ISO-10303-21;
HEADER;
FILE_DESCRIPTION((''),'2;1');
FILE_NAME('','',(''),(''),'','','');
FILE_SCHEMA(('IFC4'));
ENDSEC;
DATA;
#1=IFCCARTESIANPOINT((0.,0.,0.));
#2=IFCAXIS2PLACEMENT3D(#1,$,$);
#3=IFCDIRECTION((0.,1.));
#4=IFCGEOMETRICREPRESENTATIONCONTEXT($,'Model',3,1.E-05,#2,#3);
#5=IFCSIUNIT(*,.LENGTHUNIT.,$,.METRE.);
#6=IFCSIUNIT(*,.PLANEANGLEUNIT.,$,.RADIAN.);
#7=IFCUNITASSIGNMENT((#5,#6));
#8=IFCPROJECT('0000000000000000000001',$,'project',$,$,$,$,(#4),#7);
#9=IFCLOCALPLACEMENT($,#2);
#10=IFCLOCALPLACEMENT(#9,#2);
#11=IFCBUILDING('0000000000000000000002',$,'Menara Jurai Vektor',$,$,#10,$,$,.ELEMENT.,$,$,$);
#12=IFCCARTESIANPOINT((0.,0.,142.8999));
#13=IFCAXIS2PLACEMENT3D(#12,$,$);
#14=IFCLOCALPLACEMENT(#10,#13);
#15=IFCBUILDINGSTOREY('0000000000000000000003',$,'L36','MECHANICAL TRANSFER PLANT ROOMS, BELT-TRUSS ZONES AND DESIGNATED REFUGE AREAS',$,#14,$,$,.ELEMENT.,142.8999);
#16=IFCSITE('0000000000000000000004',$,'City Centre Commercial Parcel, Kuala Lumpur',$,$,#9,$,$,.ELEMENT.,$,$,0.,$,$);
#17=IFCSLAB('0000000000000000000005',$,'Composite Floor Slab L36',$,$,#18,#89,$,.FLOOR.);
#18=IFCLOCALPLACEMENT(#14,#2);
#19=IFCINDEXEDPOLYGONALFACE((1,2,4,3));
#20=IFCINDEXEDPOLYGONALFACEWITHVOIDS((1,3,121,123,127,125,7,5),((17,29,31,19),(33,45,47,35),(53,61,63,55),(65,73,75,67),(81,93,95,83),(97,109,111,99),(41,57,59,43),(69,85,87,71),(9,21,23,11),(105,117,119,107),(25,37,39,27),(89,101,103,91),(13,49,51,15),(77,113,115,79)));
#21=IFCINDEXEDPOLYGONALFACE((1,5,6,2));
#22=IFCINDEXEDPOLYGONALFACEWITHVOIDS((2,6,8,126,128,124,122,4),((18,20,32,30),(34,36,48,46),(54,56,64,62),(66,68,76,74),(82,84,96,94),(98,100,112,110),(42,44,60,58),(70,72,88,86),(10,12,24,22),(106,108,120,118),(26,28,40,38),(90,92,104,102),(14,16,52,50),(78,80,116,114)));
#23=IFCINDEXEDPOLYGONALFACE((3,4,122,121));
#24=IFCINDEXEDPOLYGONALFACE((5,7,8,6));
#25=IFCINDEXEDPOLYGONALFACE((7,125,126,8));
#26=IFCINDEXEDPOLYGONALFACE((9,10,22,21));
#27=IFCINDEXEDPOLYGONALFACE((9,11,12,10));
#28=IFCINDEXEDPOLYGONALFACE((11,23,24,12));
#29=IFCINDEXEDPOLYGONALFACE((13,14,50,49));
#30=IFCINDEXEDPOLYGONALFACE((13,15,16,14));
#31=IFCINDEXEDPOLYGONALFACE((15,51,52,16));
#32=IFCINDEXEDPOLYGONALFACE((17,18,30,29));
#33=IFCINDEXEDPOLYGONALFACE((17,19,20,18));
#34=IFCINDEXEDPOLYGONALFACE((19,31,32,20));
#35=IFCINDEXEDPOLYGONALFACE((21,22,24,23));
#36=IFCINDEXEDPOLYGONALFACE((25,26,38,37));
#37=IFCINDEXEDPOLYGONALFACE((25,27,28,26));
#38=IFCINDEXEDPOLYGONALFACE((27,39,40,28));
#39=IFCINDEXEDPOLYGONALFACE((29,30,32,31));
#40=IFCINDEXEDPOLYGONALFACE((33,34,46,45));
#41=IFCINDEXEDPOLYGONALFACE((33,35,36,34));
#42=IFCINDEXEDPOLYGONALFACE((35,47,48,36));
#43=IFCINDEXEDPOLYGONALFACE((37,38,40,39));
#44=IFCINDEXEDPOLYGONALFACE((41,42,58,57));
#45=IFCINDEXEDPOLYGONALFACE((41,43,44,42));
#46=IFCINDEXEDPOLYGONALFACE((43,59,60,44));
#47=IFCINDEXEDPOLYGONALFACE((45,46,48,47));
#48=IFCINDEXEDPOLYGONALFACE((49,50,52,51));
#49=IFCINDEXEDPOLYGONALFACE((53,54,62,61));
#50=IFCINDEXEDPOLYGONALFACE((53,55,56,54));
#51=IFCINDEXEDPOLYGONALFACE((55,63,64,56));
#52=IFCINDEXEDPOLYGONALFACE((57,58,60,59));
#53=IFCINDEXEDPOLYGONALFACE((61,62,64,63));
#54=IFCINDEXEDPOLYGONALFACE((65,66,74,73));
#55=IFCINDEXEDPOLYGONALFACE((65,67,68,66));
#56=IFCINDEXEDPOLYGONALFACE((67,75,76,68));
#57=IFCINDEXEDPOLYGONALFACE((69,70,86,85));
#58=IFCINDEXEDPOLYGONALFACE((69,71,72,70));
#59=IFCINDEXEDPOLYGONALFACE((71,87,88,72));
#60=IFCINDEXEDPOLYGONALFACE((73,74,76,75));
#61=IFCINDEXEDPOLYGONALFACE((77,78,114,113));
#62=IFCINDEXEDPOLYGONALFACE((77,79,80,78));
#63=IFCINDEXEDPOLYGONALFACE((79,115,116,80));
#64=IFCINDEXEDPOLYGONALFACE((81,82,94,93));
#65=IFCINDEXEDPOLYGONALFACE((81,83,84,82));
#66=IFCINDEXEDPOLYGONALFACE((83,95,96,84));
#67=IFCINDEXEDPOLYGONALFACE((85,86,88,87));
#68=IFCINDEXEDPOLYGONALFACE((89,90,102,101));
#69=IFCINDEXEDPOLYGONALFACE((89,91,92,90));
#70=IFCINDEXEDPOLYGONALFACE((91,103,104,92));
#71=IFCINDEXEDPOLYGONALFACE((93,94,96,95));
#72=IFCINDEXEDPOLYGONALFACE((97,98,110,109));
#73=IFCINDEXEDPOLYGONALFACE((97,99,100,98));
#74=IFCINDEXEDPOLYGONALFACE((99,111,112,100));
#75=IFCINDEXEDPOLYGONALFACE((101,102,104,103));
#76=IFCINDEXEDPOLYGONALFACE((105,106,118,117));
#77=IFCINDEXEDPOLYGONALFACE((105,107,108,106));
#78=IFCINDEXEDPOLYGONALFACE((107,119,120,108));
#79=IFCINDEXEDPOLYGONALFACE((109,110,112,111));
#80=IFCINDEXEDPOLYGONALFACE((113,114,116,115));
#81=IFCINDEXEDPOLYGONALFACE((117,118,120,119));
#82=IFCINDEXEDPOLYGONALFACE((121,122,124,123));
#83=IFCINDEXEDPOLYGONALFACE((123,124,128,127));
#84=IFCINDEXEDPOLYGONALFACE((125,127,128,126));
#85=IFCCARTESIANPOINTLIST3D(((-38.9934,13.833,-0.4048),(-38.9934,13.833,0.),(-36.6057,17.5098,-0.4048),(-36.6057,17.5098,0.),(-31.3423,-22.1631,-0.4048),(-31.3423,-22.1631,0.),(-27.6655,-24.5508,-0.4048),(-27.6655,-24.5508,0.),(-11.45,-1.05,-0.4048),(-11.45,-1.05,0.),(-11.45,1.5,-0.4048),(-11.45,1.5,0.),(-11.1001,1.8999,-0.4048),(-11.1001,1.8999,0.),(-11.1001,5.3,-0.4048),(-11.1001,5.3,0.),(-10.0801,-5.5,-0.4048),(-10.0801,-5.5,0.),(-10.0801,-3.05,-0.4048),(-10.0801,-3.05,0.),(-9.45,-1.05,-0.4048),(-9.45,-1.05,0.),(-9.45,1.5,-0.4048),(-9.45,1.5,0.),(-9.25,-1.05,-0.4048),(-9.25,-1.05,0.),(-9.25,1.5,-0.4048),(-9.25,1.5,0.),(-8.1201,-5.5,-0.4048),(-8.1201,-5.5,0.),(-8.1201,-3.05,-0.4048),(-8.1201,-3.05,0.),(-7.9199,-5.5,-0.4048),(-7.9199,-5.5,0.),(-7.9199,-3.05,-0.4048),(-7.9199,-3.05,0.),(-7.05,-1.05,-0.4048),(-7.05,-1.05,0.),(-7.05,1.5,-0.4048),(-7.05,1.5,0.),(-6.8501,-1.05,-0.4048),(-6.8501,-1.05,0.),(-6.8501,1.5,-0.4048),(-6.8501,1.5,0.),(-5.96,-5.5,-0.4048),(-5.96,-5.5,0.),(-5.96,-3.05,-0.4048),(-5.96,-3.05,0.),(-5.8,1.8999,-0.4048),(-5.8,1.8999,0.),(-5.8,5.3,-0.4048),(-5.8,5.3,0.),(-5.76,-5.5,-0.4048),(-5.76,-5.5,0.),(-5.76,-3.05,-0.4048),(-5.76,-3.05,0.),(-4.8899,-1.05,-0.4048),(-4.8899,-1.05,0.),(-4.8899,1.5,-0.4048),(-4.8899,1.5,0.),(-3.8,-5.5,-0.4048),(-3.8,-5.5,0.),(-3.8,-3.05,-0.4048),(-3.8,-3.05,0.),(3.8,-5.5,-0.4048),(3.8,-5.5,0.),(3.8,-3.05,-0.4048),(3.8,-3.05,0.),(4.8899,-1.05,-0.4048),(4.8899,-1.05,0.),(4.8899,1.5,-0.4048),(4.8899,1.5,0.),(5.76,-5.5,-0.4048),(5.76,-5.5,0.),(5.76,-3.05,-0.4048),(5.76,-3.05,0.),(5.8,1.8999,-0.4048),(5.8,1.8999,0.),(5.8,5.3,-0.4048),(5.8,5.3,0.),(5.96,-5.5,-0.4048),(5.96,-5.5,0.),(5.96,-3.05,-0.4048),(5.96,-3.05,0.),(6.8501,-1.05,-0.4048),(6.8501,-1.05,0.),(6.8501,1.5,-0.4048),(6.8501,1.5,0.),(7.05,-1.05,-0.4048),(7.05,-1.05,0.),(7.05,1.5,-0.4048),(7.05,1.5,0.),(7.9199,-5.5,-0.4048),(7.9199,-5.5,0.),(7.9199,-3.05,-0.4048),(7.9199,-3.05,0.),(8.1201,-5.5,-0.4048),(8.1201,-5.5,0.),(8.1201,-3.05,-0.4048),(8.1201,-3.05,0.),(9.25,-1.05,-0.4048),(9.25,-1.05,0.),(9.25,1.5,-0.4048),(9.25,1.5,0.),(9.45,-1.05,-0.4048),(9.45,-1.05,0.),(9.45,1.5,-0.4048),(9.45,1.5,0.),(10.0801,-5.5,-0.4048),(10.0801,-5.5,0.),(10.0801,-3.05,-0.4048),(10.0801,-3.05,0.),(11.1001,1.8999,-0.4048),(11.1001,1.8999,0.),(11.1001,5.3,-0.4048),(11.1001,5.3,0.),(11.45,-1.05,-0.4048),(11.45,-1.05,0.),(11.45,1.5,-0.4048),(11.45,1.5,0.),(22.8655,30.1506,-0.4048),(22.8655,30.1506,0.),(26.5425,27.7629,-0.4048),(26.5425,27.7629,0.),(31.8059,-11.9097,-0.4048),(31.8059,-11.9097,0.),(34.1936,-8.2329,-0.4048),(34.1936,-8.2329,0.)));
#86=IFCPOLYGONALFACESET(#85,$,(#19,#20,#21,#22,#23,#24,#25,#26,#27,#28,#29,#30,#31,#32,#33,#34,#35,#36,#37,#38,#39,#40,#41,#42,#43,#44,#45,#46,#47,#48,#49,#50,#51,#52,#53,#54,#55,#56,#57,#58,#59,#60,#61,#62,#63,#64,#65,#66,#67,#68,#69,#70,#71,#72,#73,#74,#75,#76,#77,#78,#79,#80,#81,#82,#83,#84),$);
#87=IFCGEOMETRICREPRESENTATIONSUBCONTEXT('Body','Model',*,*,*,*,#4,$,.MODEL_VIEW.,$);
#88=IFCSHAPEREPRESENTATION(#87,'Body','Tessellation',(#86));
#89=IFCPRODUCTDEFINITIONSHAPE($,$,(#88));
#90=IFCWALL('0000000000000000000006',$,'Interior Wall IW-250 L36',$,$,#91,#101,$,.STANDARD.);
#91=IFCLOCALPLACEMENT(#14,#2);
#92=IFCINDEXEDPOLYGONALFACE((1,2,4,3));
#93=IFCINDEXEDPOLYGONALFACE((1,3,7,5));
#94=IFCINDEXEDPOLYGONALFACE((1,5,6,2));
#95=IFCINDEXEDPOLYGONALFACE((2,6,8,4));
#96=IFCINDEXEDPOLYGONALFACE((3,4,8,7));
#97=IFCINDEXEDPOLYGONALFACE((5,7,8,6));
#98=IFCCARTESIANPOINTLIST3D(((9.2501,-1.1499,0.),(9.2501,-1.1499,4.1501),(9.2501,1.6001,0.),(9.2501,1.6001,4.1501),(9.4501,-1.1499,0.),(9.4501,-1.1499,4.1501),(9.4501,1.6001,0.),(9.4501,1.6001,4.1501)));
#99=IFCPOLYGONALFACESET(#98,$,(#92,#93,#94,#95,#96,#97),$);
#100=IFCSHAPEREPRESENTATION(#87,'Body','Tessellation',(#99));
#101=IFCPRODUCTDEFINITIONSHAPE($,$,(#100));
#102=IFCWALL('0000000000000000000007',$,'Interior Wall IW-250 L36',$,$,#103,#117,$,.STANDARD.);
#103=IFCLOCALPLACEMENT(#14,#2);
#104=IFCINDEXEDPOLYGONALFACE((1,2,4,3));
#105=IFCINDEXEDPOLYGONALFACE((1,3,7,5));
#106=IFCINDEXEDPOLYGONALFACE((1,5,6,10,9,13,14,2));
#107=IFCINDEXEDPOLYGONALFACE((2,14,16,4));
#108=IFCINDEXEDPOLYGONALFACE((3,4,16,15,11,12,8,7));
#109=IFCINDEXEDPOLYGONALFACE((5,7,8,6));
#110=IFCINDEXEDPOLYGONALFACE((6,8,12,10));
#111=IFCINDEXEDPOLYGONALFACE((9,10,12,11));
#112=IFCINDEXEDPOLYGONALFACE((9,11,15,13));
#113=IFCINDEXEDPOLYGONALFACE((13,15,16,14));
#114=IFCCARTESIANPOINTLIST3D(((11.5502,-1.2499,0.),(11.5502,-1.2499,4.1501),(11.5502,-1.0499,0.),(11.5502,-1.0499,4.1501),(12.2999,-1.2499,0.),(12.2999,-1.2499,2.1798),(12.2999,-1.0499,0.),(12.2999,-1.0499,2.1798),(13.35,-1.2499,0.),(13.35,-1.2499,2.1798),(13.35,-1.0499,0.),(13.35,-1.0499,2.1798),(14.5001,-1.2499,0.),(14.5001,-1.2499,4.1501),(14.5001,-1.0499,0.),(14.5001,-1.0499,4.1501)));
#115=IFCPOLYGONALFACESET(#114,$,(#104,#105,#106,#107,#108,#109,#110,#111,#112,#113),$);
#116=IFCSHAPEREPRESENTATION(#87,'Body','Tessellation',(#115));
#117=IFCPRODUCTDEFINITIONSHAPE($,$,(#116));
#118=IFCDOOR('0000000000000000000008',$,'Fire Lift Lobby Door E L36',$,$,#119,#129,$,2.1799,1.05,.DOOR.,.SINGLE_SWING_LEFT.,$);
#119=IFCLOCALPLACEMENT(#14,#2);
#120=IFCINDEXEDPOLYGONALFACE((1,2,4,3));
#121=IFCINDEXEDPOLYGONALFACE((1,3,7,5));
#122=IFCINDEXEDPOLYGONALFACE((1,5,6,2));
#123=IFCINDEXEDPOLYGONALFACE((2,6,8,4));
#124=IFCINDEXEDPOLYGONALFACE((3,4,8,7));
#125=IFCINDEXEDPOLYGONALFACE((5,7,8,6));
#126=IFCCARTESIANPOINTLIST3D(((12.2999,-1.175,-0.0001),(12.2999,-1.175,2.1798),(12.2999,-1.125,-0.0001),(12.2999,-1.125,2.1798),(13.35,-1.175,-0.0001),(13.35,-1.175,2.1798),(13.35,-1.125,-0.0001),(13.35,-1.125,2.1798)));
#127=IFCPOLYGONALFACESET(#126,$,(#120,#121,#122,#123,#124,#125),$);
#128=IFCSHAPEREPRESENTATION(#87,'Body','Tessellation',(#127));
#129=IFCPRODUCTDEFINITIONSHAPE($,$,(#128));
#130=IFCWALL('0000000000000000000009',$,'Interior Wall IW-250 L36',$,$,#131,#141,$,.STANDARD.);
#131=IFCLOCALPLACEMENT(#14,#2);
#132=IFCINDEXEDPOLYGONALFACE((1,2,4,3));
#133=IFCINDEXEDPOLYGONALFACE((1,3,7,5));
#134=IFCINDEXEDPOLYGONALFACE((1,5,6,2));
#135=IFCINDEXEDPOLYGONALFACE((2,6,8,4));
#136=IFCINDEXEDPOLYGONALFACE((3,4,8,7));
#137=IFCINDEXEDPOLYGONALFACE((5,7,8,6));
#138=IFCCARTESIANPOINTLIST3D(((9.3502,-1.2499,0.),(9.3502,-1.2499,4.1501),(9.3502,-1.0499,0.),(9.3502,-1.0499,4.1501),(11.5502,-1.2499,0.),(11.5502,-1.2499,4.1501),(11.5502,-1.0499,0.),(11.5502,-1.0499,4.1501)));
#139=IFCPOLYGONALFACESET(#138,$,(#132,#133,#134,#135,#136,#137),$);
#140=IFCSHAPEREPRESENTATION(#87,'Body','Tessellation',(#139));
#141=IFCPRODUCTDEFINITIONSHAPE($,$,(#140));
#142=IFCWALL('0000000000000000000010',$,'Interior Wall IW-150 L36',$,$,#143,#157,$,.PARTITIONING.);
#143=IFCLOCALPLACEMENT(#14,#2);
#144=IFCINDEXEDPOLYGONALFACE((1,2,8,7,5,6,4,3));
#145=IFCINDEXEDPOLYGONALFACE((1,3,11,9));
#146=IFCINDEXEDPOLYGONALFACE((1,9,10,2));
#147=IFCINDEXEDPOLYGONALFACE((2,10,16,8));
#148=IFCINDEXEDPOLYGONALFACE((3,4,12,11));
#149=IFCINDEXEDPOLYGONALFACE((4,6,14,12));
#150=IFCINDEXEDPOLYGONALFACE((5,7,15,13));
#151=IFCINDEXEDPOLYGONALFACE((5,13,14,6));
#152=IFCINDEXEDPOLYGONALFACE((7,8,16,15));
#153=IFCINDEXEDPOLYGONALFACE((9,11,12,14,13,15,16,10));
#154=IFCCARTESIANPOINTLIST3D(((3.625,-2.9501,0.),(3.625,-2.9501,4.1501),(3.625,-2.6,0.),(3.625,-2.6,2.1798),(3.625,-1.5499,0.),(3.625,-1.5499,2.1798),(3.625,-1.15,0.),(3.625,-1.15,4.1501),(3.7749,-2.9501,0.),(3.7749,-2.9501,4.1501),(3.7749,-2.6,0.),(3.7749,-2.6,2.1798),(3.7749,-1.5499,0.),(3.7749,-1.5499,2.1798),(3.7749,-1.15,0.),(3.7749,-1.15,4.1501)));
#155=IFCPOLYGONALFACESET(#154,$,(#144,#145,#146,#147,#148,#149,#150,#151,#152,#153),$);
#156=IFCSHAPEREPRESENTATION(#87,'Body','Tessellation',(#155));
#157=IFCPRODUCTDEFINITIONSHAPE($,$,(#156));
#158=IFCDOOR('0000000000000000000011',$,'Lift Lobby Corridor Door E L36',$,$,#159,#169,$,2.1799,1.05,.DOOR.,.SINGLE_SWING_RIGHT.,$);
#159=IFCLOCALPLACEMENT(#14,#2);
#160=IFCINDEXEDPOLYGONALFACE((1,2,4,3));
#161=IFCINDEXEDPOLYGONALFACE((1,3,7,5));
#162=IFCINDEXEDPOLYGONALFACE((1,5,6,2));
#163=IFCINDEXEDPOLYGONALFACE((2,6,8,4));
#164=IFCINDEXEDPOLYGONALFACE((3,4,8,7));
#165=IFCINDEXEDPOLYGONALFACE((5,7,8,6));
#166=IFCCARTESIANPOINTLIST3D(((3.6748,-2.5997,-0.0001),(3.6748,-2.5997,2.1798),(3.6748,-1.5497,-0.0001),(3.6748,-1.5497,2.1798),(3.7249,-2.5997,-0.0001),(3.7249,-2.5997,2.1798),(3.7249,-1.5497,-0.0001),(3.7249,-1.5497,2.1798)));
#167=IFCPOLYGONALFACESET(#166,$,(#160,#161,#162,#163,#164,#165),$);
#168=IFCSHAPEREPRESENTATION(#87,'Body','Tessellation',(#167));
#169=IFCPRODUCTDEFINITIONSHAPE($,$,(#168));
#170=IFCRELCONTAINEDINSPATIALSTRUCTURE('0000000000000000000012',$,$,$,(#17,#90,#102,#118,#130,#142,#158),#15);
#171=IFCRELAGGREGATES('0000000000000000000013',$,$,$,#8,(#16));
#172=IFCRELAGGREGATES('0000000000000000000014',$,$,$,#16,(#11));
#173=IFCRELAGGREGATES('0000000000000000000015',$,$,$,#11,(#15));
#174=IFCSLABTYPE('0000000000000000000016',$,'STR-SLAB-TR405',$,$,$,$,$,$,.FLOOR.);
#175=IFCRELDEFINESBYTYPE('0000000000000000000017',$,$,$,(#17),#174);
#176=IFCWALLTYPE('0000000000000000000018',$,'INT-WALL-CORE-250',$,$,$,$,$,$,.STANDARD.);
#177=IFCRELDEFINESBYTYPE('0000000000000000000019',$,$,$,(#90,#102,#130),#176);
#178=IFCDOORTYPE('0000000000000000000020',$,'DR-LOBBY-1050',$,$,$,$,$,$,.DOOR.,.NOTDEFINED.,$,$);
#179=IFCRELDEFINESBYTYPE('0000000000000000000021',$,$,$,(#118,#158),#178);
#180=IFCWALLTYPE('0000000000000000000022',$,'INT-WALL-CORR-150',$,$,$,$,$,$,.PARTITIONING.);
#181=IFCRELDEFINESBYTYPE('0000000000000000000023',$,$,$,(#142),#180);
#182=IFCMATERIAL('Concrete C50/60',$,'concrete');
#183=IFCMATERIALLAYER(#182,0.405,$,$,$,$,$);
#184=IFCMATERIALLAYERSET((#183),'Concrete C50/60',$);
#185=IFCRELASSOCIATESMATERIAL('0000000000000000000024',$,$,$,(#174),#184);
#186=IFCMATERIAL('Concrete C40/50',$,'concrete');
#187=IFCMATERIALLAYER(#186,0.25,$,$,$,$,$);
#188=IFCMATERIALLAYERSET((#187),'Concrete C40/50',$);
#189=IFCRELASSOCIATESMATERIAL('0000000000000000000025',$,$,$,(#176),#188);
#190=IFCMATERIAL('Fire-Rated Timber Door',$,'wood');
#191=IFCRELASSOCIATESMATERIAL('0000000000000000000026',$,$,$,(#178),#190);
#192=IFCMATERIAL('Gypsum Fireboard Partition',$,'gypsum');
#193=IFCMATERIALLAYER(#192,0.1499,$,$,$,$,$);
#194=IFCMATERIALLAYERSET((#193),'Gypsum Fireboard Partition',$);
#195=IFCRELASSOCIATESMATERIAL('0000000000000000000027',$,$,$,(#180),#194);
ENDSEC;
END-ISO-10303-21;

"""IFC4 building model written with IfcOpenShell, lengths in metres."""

from ifc_helpers import new_model, si_unit, direction, frame, frame_2d, origin, place, context, subcontext, project, spatial, polyline, rectangle, outline, extrude, material, layer, layer_set, type_object, element, fill, save


model = new_model("IFC4")

# Units and contexts
model_context = context("Model", 3, precision=1e-05, world=origin(), true_north=direction((0.0, 1.0)))
body_context = subcontext(model_context, "Body", "Model", "MODEL_VIEW")
ifc_project = project(units=[si_unit("LENGTHUNIT", "METRE"), si_unit("PLANEANGLEUNIT", "RADIAN")], contexts=[model_context])

# Site, building, storey
site_placement = place(None, origin())
site = spatial("IfcSite", under=ifc_project, at=site_placement, Name="City Centre Commercial Parcel, Kuala Lumpur", CompositionType="ELEMENT", RefElevation=0.0)
building_placement = place(site_placement, origin())
building = spatial("IfcBuilding", under=site, at=building_placement, Name="Menara Jurai Vektor", CompositionType="ELEMENT")
storey_placement = place(building_placement, frame((0.0, 0.0, 142.8999)))
storey = spatial("IfcBuildingStorey", under=building, at=storey_placement, Name="L36", Description="MECHANICAL TRANSFER PLANT ROOMS, BELT-TRUSS ZONES AND DESIGNATED REFUGE AREAS", CompositionType="ELEMENT", Elevation=142.8999)

# Shared definitions
ifc_material_1 = material(Name="Concrete C50/60", Category="concrete")

# Shared definitions
ifc_material_2 = material(Name="Concrete C40/50", Category="concrete")

# Slab
ifc_layer_1 = layer(ifc_material_1, 0.405)
ifc_layer_set_1 = layer_set([ifc_layer_1], Name="Concrete C50/60")
slab_type_1 = type_object("IfcSlabType", Name="STR-SLAB-TR405", PredefinedType="FLOOR", material=ifc_layer_set_1)
slab_1_placement = place(storey_placement, frame((0.0, 0.0, -0.4048)))
element("IfcSlab", 1, at=slab_1_placement, inside=storey, type_object=slab_type_1, Name="Composite Floor Slab L36", PredefinedType="FLOOR", context=body_context, shape_type="SweptSolid", body=[
    extrude(outline(polyline([(-27.6655, -24.5508), (31.8059, -11.9097), (34.1936, -8.2329), (26.5425, 27.7629), (22.8655, 30.1506), (-36.6057, 17.5098), (-38.9934, 13.833), (-31.3423, -22.1631), (-27.6655, -24.5508)]), holes=[polyline([(-11.1001, 1.8999), (-11.1001, 5.3), (-5.8, 5.3), (-5.8, 1.8999), (-11.1001, 1.8999)]), polyline([(5.8, 1.8999), (5.8, 5.3), (11.1001, 5.3), (11.1001, 1.8999), (5.8, 1.8999)]), polyline([(-11.45, -1.05), (-11.45, 1.5), (-9.45, 1.5), (-9.45, -1.05), (-11.45, -1.05)]), polyline([(9.45, -1.05), (9.45, 1.5), (11.45, 1.5), (11.45, -1.05), (9.45, -1.05)]), polyline([(-5.76, -5.5), (-5.76, -3.05), (-3.8, -3.05), (-3.8, -5.5), (-5.76, -5.5)]), polyline([(-6.8501, -1.05), (-6.8501, 1.5), (-4.8899, 1.5), (-4.8899, -1.05), (-6.8501, -1.05)]), polyline([(3.8, -5.5), (3.8, -3.05), (5.76, -3.05), (5.76, -5.5), (3.8, -5.5)]), polyline([(4.8899, -1.05), (4.8899, 1.5), (6.8501, 1.5), (6.8501, -1.05), (4.8899, -1.05)]), polyline([(-10.0801, -5.5), (-10.0801, -3.05), (-8.1201, -3.05), (-8.1201, -5.5), (-10.0801, -5.5)]), polyline([(-7.9199, -5.5), (-7.9199, -3.05), (-5.96, -3.05), (-5.96, -5.5), (-7.9199, -5.5)]), polyline([(5.96, -5.5), (5.96, -3.05), (7.9199, -3.05), (7.9199, -5.5), (5.96, -5.5)]), polyline([(8.1201, -5.5), (8.1201, -3.05), (10.0801, -3.05), (10.0801, -5.5), (8.1201, -5.5)]), polyline([(-9.25, -1.05), (-9.25, 1.5), (-7.05, 1.5), (-7.05, -1.05), (-9.25, -1.05)]), polyline([(7.05, -1.05), (7.05, 1.5), (9.25, 1.5), (9.25, -1.05), (7.05, -1.05)])]), origin(), (0.0, 0.0, 1.0), 0.4048),
])

# Shared definitions
ifc_layer_2 = layer(ifc_material_2, 0.25)
ifc_layer_set_2 = layer_set([ifc_layer_2], Name="Concrete C40/50")
wall_type_1 = type_object("IfcWallType", Name="INT-WALL-CORE-250", PredefinedType="STANDARD", material=ifc_layer_set_2)

# Wall
wall_1_placement = place(storey_placement, frame((9.3501, -1.1499, 0.0), z_axis=(0.0, 0.0, 1.0), x_axis=(0.0, 1.0, 0.0)))
element("IfcWall", 2, at=wall_1_placement, inside=storey, type_object=wall_type_1, Name="Interior Wall IW-250 L36", PredefinedType="STANDARD", context=body_context, shape_type="SweptSolid", body=[
    extrude(rectangle(XDim=2.75, YDim=0.2, at=frame_2d((1.375, 0.0))), origin(), (0.0, 0.0, 1.0), 4.1501),
])

# Wall, opening, door
wall_2_placement = place(storey_placement, frame((11.55, -1.1499, 0.0), z_axis=(0.0, 0.0, 1.0), x_axis=(1.0, 0.0, 0.0)))
wall_2 = element("IfcWall", 3, at=wall_2_placement, inside=storey, type_object=wall_type_1, Name="Interior Wall IW-250 L36", PredefinedType="STANDARD", context=body_context, shape_type="SweptSolid", body=[
    extrude(rectangle(XDim=2.95, YDim=0.2, at=frame_2d((1.4751, 0.0))), origin(), (0.0, 0.0, 1.0), 4.1501),
])
opening_1_placement = place(wall_2_placement, frame((0.75, 0.0, 0.0)))
opening_1 = element("IfcOpeningElement", 4, at=opening_1_placement, cuts=wall_2, PredefinedType="OPENING", context=body_context, shape_type="SweptSolid", body=[
    extrude(rectangle(XDim=1.05, YDim=2.1799, at=frame_2d((0.5249, 1.0898))), frame((0.0, 0.1099, 0.0), z_axis=(0.0, -1.0, 0.0), x_axis=(1.0, 0.0, 0.0)), (0.0, 0.0, 1.0), 0.22),
])
ifc_material_3 = material(Name="Fire-Rated Timber Door", Category="wood")
door_type_1 = type_object("IfcDoorType", Name="DR-LOBBY-1050", OperationType="NOTDEFINED", PredefinedType="DOOR", material=ifc_material_3)
door_1_placement = place(opening_1_placement, origin())
door_1 = element("IfcDoor", 5, at=door_1_placement, inside=storey, type_object=door_type_1, Name="Fire Lift Lobby Door E L36", OperationType="SINGLE_SWING_LEFT", OverallHeight=2.1799, OverallWidth=1.05, PredefinedType="DOOR", context=body_context, shape_type="SweptSolid", body=[
    extrude(rectangle(XDim=1.05, YDim=2.1799, at=frame_2d((0.5249, 1.0898))), frame((0.0, 0.0249, 0.0), z_axis=(0.0, -1.0, 0.0), x_axis=(1.0, 0.0, 0.0)), (0.0, 0.0, 1.0), 0.05),
])
fill(opening_1, door_1)

# Wall
wall_3_placement = place(storey_placement, frame((9.3501, -1.1499, 0.0), z_axis=(0.0, 0.0, 1.0), x_axis=(1.0, 0.0, 0.0)))
element("IfcWall", 6, at=wall_3_placement, inside=storey, type_object=wall_type_1, Name="Interior Wall IW-250 L36", PredefinedType="STANDARD", context=body_context, shape_type="SweptSolid", body=[
    extrude(rectangle(XDim=2.2, YDim=0.2, at=frame_2d((1.1001, 0.0))), origin(), (0.0, 0.0, 1.0), 4.1501),
])

# Wall, opening, door
ifc_material_4 = material(Name="Gypsum Fireboard Partition", Category="gypsum")
ifc_layer_3 = layer(ifc_material_4, 0.1499)
ifc_layer_set_3 = layer_set([ifc_layer_3], Name="Gypsum Fireboard Partition")
wall_type_2 = type_object("IfcWallType", Name="INT-WALL-CORR-150", PredefinedType="PARTITIONING", material=ifc_layer_set_3)
wall_4_placement = place(storey_placement, frame((3.7, -2.95, 0.0), z_axis=(0.0, 0.0, 1.0), x_axis=(0.0, 1.0, 0.0)))
wall_4 = element("IfcWall", 7, at=wall_4_placement, inside=storey, type_object=wall_type_2, Name="Interior Wall IW-150 L36", PredefinedType="PARTITIONING", context=body_context, shape_type="SweptSolid", body=[
    extrude(rectangle(XDim=1.8, YDim=0.1499, at=frame_2d((0.8999, 0.0))), origin(), (0.0, 0.0, 1.0), 4.1501),
])
opening_2_placement = place(wall_4_placement, frame((0.3501, 0.0, 0.0)))
opening_2 = element("IfcOpeningElement", 8, at=opening_2_placement, cuts=wall_4, PredefinedType="OPENING", context=body_context, shape_type="SweptSolid", body=[
    extrude(rectangle(XDim=1.05, YDim=2.1799, at=frame_2d((0.5249, 1.0898))), frame((0.0, 0.085, 0.0), z_axis=(0.0, -1.0, 0.0), x_axis=(1.0, 0.0, 0.0)), (0.0, 0.0, 1.0), 0.1699),
])
door_2_placement = place(opening_2_placement, frame((1.05, 0.0, 0.0), z_axis=(0.0, 0.0, 1.0), x_axis=(-1.0, 0.0, 0.0)))
door_2 = element("IfcDoor", 9, at=door_2_placement, inside=storey, type_object=door_type_1, Name="Lift Lobby Corridor Door E L36", OperationType="SINGLE_SWING_RIGHT", OverallHeight=2.1799, OverallWidth=1.05, PredefinedType="DOOR", context=body_context, shape_type="SweptSolid", body=[
    extrude(rectangle(XDim=1.05, YDim=2.1799, at=frame_2d((0.5249, 1.0898))), frame((0.0, 0.0249, 0.0), z_axis=(0.0, -1.0, 0.0), x_axis=(1.0, 0.0, 0.0)), (0.0, 0.0, 1.0), 0.05),
])
fill(opening_2, door_2)

save(model, "model.ifc")
